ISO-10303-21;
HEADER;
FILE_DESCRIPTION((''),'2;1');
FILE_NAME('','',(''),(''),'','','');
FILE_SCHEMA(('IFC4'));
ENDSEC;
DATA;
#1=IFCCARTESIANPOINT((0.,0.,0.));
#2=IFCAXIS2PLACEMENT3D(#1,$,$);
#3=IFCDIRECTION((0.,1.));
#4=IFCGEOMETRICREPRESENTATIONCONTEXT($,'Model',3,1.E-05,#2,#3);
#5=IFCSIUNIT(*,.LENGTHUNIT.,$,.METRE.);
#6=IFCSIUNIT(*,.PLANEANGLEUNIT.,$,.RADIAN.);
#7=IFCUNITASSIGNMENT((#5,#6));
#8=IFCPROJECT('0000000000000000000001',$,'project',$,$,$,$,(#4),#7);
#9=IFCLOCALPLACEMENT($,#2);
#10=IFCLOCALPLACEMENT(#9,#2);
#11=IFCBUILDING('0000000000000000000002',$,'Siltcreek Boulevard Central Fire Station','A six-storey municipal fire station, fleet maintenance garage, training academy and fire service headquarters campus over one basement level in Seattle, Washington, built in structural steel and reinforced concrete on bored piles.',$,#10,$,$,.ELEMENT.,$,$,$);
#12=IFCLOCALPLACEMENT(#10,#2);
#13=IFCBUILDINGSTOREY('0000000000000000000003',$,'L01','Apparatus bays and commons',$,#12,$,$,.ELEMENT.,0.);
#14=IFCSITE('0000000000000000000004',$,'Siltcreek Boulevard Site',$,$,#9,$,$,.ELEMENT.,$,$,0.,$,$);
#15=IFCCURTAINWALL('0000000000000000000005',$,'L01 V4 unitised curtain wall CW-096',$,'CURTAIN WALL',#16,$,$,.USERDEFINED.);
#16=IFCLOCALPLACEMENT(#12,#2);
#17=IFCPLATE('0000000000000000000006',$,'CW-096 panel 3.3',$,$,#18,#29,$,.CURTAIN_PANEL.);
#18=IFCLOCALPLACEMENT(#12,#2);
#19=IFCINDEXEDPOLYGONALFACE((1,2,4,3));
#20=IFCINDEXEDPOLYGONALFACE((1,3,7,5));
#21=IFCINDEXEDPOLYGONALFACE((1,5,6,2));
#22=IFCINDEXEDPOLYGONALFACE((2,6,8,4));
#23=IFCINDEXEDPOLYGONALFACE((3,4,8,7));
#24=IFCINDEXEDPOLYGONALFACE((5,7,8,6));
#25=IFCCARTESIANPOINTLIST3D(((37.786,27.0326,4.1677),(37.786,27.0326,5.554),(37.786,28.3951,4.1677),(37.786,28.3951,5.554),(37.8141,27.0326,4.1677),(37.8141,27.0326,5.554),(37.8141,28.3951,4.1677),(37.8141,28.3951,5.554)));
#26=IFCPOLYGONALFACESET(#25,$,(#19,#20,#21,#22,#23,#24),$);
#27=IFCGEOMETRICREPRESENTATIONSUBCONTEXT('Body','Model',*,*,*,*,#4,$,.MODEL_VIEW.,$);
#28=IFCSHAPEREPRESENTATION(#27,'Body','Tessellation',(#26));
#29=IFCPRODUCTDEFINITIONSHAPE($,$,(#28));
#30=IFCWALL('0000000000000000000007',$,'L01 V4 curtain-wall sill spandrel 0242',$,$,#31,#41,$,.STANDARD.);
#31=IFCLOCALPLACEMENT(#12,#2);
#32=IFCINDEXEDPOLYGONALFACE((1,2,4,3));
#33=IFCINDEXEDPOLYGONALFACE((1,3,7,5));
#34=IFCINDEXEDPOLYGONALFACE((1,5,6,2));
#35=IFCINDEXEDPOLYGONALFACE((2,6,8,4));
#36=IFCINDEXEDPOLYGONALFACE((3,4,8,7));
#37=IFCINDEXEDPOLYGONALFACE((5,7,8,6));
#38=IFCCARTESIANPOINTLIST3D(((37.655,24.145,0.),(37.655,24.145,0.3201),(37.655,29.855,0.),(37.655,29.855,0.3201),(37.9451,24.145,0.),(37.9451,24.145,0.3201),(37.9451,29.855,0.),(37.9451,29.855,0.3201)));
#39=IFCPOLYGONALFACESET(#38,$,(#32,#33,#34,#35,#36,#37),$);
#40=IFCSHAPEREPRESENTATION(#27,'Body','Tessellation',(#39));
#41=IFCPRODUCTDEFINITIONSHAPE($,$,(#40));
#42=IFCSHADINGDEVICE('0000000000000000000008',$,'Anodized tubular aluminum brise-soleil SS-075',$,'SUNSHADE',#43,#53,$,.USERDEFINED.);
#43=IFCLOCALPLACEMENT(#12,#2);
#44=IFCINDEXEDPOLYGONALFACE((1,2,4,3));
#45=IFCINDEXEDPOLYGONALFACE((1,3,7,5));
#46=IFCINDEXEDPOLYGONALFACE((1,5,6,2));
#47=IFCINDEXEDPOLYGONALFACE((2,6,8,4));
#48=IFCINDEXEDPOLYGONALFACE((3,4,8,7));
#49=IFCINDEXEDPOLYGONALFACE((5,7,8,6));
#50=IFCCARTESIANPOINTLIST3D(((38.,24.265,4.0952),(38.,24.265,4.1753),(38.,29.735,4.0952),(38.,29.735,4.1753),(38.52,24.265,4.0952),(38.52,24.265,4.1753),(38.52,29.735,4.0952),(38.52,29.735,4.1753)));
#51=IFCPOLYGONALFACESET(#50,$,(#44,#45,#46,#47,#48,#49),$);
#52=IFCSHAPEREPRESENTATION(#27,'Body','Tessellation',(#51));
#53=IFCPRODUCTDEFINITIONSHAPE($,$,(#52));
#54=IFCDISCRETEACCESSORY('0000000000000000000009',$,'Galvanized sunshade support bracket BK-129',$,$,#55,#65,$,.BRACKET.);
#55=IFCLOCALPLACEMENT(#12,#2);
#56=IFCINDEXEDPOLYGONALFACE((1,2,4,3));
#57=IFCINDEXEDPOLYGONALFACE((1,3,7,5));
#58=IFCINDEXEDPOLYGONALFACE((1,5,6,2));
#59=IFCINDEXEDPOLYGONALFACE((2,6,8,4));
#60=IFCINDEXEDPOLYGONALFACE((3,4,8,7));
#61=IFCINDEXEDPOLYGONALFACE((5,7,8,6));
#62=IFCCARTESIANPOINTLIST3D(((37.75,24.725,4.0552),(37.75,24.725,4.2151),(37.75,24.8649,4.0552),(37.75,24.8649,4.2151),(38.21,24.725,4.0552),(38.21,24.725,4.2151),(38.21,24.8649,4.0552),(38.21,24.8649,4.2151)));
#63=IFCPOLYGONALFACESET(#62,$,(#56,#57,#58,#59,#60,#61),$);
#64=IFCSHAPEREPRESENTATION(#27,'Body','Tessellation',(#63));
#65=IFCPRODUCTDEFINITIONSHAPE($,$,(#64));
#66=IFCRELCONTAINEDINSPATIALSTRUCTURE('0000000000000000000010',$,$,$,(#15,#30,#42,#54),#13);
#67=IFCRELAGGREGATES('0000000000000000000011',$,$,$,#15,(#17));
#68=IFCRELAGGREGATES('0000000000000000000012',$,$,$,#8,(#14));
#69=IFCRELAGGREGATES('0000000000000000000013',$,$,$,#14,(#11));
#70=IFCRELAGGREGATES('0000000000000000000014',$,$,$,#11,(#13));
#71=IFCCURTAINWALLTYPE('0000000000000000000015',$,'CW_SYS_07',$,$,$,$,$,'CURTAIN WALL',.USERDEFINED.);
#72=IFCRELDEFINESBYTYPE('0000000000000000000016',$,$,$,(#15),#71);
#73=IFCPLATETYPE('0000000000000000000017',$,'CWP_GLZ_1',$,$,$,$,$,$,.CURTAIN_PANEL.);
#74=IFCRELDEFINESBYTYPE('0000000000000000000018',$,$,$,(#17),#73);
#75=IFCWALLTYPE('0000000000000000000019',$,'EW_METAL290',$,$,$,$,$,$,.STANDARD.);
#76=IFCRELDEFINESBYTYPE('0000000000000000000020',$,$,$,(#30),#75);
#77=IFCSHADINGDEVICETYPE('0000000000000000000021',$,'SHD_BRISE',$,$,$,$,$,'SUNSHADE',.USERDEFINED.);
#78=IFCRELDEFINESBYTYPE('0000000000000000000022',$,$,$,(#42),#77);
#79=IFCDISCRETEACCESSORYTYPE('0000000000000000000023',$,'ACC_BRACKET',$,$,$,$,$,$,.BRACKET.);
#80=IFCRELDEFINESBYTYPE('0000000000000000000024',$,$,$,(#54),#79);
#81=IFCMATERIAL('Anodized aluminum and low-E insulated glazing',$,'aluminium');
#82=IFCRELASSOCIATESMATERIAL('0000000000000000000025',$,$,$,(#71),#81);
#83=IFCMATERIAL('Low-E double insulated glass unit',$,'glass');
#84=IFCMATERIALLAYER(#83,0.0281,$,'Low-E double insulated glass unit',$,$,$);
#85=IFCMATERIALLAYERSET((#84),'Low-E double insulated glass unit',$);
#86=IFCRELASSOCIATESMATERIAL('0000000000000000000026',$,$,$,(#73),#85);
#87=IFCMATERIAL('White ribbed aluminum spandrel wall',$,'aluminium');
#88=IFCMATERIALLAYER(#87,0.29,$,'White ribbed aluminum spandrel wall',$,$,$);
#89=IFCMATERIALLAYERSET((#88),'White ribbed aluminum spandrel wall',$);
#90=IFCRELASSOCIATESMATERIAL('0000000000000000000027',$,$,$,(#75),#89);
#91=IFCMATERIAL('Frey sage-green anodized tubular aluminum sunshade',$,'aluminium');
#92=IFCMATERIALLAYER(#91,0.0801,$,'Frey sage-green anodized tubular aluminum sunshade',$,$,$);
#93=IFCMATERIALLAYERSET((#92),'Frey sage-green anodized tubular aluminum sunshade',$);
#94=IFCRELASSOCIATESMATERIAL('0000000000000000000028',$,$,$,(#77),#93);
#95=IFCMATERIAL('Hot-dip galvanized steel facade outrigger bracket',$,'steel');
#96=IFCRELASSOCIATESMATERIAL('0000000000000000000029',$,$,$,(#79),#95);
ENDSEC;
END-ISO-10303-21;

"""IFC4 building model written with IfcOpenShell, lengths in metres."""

from ifc_helpers import new_model, si_unit, direction, frame, frame_2d, origin, origin_2d, place, context, subcontext, project, spatial, rectangle, extrude, material, layer, layer_set, type_object, element, aggregate, save


model = new_model("IFC4")

# Units and contexts
model_context = context("Model", 3, precision=1e-05, world=origin(), true_north=direction((0.0, 1.0)))
body_context = subcontext(model_context, "Body", "Model", "MODEL_VIEW")
ifc_project = project(units=[si_unit("LENGTHUNIT", "METRE"), si_unit("PLANEANGLEUNIT", "RADIAN")], contexts=[model_context])

# Site, building, storey
site_placement = place(None, origin())
site = spatial("IfcSite", under=ifc_project, at=site_placement, Name="Siltcreek Boulevard Site", CompositionType="ELEMENT", RefElevation=0.0)
building_placement = place(site_placement, origin())
building = spatial("IfcBuilding", under=site, at=building_placement, Name="Siltcreek Boulevard Central Fire Station", Description="A six-storey municipal fire station, fleet maintenance garage, training academy and fire service headquarters campus over one basement level in Seattle, Washington, built in structural steel and reinforced concrete on bored piles.", CompositionType="ELEMENT")
storey_placement = place(building_placement, origin())
storey = spatial("IfcBuildingStorey", under=building, at=storey_placement, Name="L01", Description="Apparatus bays and commons", CompositionType="ELEMENT", Elevation=0.0)

# Curtain wall
ifc_material_1 = material(Name="Anodized aluminum and low-E insulated glazing", Category="aluminium")
curtain_wall_type = type_object("IfcCurtainWallType", Name="CW_SYS_07", ElementType="CURTAIN WALL", PredefinedType="USERDEFINED", material=ifc_material_1)
curtain_wall_placement = place(storey_placement, origin())
curtain_wall = element("IfcCurtainWall", 1, at=curtain_wall_placement, inside=storey, type_object=curtain_wall_type, Name="L01 V4 unitised curtain wall CW-096", ObjectType="CURTAIN WALL", PredefinedType="USERDEFINED")

# Plate
ifc_material_2 = material(Name="Low-E double insulated glass unit", Category="glass")
ifc_layer_1 = layer(ifc_material_2, 0.0281, Name="Low-E double insulated glass unit")
ifc_layer_set_1 = layer_set([ifc_layer_1], Name="Low-E double insulated glass unit")
plate_type = type_object("IfcPlateType", Name="CWP_GLZ_1", PredefinedType="CURTAIN_PANEL", material=ifc_layer_set_1)
plate_1_placement = place(storey_placement, frame((37.8, 27.7139, 4.1677), z_axis=(0.0, 0.0, 1.0), x_axis=(0.0, 1.0, 0.0)))
plate_1 = element("IfcPlate", 2, at=plate_1_placement, type_object=plate_type, Name="CW-096 panel 3.3", PredefinedType="CURTAIN_PANEL", context=body_context, shape_type="SweptSolid", body=[
    extrude(rectangle(XDim=1.3625, YDim=0.0281, at=origin_2d()), origin(), (0.0, 0.0, 1.0), 1.3862),
])
aggregate(curtain_wall, [plate_1])

# Wall
ifc_material_3 = material(Name="White ribbed aluminum spandrel wall", Category="aluminium")
ifc_layer_2 = layer(ifc_material_3, 0.29, Name="White ribbed aluminum spandrel wall")
ifc_layer_set_2 = layer_set([ifc_layer_2], Name="White ribbed aluminum spandrel wall")
wall_type = type_object("IfcWallType", Name="EW_METAL290", PredefinedType="STANDARD", material=ifc_layer_set_2)
wall_placement = place(storey_placement, frame((37.8, 24.145, 0.0), z_axis=(0.0, 0.0, 1.0), x_axis=(0.0, 1.0, 0.0)))
element("IfcWall", 3, at=wall_placement, inside=storey, type_object=wall_type, Name="L01 V4 curtain-wall sill spandrel 0242", PredefinedType="STANDARD", context=body_context, shape_type="SweptSolid", body=[
    extrude(rectangle(XDim=5.71, YDim=0.29, at=frame_2d((2.855, 0.0))), origin(), (0.0, 0.0, 1.0), 0.3201),
])

# Shading device
ifc_material_4 = material(Name="Frey sage-green anodized tubular aluminum sunshade", Category="aluminium")
ifc_layer_3 = layer(ifc_material_4, 0.0801, Name="Frey sage-green anodized tubular aluminum sunshade")
ifc_layer_set_3 = layer_set([ifc_layer_3], Name="Frey sage-green anodized tubular aluminum sunshade")
shading_device_type = type_object("IfcShadingDeviceType", Name="SHD_BRISE", ElementType="SUNSHADE", PredefinedType="USERDEFINED", material=ifc_layer_set_3)
shading_device_placement = place(storey_placement, frame((38.26, 27.0, 4.0952), z_axis=(0.0, 0.0, 1.0), x_axis=(0.0, 1.0, 0.0)))
element("IfcShadingDevice", 4, at=shading_device_placement, inside=storey, type_object=shading_device_type, Name="Anodized tubular aluminum brise-soleil SS-075", ObjectType="SUNSHADE", PredefinedType="USERDEFINED", context=body_context, shape_type="SweptSolid", body=[
    extrude(rectangle(XDim=5.47, YDim=0.52, at=origin_2d()), origin(), (0.0, 0.0, 1.0), 0.0801),
])

# Discrete accessory
ifc_material_5 = material(Name="Hot-dip galvanized steel facade outrigger bracket", Category="steel")
discrete_accessory_type = type_object("IfcDiscreteAccessoryType", Name="ACC_BRACKET", PredefinedType="BRACKET", material=ifc_material_5)
discrete_accessory_placement = place(storey_placement, frame((37.98, 24.7949, 4.0552), z_axis=(0.0, 0.0, 1.0), x_axis=(0.0, 1.0, 0.0)))
element("IfcDiscreteAccessory", 5, at=discrete_accessory_placement, inside=storey, type_object=discrete_accessory_type, Name="Galvanized sunshade support bracket BK-129", PredefinedType="BRACKET", context=body_context, shape_type="SweptSolid", body=[
    extrude(rectangle(XDim=0.1399, YDim=0.46, at=origin_2d()), origin(), (0.0, 0.0, 1.0), 0.1599),
])

save(model, "model.ifc")
